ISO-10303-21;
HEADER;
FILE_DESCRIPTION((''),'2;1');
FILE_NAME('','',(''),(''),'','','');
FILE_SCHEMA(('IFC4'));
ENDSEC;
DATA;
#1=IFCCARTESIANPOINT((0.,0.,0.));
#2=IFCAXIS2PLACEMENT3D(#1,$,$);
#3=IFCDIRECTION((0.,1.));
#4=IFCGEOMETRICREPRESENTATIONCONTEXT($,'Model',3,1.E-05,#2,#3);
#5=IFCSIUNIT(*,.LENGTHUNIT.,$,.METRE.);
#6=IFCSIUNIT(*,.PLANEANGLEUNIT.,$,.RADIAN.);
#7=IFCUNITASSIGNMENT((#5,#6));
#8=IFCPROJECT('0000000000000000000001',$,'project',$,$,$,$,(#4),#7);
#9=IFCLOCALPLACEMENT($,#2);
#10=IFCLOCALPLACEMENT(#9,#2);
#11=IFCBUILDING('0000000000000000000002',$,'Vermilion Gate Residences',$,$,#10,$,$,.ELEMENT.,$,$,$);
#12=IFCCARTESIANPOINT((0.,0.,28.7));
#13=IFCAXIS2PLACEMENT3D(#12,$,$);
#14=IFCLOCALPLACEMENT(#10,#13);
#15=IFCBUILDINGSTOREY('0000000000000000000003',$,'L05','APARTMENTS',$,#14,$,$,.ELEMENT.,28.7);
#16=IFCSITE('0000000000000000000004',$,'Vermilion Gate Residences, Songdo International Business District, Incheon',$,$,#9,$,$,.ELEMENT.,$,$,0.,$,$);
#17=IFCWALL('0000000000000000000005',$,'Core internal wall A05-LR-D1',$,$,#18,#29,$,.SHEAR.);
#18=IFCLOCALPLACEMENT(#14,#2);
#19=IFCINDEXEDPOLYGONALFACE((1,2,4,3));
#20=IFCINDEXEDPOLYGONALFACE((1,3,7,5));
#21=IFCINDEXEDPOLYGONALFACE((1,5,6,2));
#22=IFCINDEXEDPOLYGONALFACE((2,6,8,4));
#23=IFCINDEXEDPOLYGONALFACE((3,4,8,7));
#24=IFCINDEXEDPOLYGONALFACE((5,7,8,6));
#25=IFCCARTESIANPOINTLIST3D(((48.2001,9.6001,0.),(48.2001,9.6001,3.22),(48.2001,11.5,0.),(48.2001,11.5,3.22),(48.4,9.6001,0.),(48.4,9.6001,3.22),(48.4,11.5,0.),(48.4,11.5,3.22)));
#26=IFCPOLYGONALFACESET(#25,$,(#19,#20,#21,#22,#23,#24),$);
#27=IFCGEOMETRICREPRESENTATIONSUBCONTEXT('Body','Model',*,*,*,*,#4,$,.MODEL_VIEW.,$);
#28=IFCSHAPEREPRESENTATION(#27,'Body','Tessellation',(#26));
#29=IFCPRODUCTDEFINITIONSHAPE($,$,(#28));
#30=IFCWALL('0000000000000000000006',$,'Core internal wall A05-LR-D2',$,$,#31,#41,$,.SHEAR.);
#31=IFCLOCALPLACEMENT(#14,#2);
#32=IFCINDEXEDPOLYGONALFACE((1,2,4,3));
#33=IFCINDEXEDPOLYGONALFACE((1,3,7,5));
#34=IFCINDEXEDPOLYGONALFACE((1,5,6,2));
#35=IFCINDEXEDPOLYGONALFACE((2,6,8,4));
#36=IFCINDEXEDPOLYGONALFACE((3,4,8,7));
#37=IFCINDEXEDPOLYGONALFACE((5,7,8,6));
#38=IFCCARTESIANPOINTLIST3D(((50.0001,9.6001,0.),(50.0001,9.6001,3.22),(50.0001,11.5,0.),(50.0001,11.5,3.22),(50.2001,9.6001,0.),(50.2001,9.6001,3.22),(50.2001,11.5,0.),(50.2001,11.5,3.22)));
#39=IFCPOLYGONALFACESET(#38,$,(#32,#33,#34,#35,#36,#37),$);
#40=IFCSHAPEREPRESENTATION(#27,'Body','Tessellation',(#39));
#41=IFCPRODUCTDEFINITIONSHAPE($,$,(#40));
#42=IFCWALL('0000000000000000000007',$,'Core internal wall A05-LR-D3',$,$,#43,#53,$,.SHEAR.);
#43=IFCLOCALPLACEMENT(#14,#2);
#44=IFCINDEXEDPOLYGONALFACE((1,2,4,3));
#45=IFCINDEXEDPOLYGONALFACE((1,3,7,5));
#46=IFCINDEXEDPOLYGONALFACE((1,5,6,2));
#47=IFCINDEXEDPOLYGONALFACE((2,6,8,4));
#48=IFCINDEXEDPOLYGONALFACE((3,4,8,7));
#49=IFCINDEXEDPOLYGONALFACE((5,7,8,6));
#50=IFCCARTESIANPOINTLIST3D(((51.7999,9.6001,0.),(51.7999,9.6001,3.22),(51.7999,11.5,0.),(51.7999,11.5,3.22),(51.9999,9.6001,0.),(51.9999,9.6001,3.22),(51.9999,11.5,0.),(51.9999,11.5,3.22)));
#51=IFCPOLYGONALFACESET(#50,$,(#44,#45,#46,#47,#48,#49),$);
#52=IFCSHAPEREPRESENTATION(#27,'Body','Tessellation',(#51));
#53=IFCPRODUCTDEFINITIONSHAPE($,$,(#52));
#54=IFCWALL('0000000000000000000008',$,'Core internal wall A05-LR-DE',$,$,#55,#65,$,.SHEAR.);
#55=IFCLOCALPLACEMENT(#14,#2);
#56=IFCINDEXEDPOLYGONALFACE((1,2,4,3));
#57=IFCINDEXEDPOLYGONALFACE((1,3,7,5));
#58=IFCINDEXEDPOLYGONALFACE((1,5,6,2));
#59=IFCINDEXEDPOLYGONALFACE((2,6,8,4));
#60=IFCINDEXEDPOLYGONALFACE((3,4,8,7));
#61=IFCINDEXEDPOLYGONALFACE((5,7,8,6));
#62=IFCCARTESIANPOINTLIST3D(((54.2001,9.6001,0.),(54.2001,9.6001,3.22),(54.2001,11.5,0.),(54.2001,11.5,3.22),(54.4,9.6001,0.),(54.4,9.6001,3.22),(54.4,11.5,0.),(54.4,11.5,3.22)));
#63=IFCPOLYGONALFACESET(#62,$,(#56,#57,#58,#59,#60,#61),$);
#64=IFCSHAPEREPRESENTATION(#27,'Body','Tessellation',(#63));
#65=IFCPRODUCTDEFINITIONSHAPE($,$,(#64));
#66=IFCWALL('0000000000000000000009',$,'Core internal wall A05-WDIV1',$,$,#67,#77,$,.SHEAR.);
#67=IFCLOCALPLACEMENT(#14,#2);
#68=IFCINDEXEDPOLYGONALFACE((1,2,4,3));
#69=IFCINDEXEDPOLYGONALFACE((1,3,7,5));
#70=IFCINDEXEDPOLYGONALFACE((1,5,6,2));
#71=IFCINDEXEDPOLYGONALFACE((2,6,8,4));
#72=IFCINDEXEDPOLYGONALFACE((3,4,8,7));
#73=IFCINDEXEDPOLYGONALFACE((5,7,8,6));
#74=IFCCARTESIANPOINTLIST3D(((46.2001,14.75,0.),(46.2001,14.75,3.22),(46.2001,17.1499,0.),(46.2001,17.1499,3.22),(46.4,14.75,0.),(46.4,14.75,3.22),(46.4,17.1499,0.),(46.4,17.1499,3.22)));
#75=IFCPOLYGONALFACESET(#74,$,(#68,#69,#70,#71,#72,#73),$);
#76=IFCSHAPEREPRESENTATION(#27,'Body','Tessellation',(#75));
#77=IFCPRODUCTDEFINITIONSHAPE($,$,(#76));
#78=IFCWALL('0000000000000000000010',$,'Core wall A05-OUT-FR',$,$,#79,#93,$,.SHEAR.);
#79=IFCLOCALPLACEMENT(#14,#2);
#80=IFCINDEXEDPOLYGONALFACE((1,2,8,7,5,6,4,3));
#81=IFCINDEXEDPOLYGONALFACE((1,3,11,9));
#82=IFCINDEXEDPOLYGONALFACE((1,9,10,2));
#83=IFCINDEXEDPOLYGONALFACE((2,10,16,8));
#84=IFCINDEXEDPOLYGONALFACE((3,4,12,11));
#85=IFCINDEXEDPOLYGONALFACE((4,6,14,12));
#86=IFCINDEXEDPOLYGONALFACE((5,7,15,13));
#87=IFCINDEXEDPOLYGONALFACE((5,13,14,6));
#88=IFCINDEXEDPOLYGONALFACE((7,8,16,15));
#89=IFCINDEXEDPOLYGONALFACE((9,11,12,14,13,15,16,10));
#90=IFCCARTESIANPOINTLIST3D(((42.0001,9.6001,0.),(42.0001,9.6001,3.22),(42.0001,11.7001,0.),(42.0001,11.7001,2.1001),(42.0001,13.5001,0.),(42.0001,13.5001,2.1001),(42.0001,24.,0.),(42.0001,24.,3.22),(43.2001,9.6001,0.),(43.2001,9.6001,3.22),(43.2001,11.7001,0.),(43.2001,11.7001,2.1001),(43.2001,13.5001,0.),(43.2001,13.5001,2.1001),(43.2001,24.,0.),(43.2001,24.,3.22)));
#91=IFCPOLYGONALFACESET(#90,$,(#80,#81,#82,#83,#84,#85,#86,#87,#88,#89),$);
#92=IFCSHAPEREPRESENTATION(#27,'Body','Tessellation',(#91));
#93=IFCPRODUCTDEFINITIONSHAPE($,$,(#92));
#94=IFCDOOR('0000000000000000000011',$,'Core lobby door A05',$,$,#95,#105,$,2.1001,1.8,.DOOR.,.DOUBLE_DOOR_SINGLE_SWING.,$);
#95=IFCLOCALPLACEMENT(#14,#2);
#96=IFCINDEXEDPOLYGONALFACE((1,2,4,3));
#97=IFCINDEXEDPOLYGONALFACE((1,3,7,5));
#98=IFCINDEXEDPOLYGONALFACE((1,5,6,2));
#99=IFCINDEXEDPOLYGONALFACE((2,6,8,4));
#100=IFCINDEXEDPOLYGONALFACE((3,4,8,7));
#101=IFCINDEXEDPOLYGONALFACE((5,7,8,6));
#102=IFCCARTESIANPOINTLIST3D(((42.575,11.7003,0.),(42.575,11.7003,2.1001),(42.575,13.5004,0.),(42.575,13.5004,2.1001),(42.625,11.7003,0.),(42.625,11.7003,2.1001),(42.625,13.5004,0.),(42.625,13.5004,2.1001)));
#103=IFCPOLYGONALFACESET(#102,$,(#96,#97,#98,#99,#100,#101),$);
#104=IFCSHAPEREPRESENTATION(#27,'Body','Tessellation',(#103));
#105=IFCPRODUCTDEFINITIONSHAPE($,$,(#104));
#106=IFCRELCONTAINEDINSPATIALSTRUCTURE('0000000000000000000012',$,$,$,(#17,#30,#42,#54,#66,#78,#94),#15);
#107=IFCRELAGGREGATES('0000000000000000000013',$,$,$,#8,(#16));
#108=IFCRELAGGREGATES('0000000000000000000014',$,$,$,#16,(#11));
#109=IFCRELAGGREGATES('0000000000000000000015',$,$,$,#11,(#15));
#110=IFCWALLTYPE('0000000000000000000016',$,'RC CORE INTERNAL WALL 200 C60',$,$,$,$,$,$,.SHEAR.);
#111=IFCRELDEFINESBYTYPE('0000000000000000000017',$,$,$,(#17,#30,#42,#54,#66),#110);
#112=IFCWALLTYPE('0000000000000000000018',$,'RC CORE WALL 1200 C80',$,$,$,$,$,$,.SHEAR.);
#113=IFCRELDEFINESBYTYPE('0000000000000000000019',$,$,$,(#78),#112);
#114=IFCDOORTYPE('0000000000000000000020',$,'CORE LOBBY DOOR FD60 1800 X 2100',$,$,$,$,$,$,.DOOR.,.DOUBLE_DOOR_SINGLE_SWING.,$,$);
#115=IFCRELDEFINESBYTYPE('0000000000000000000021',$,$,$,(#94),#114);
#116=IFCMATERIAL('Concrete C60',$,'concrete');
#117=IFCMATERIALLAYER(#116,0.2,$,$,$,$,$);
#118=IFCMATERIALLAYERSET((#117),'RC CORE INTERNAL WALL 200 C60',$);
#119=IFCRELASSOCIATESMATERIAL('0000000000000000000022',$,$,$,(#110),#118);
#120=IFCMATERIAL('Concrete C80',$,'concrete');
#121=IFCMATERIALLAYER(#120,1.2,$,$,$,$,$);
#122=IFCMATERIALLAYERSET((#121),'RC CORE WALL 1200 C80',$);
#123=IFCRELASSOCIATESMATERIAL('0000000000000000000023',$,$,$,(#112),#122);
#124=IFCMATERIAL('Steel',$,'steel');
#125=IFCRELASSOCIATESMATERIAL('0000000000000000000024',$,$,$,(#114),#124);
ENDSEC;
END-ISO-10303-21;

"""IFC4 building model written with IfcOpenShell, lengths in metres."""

from ifc_helpers import new_model, si_unit, direction, frame, frame_2d, origin, place, context, subcontext, project, spatial, rectangle, extrude, material, layer, layer_set, type_object, element, fill, save


model = new_model("IFC4")

# Units and contexts
model_context = context("Model", 3, precision=1e-05, world=origin(), true_north=direction((0.0, 1.0)))
body_context = subcontext(model_context, "Body", "Model", "MODEL_VIEW")
ifc_project = project(units=[si_unit("LENGTHUNIT", "METRE"), si_unit("PLANEANGLEUNIT", "RADIAN")], contexts=[model_context])

# Site, building, storey
site_placement = place(None, origin())
site = spatial("IfcSite", under=ifc_project, at=site_placement, Name="Vermilion Gate Residences, Songdo International Business District, Incheon", CompositionType="ELEMENT", RefElevation=0.0)
building_placement = place(site_placement, origin())
building = spatial("IfcBuilding", under=site, at=building_placement, Name="Vermilion Gate Residences", CompositionType="ELEMENT")
storey_placement = place(building_placement, frame((0.0, 0.0, 28.7)))
storey = spatial("IfcBuildingStorey", under=building, at=storey_placement, Name="L05", Description="APARTMENTS", CompositionType="ELEMENT", Elevation=28.7)

# Walls
ifc_material_1 = material(Name="Concrete C60", Category="concrete")
ifc_layer_1 = layer(ifc_material_1, 0.2)
ifc_layer_set_1 = layer_set([ifc_layer_1], Name="RC CORE INTERNAL WALL 200 C60")
wall_type_1 = type_object("IfcWallType", Name="RC CORE INTERNAL WALL 200 C60", PredefinedType="SHEAR", material=ifc_layer_set_1)
for number, where, z_axis, x_axis, name in (
    (1, (48.3, 9.6001, 0.0), (0.0, 0.0, 1.0), (0.0, 1.0, 0.0), "Core internal wall A05-LR-D1"),
    (2, (50.1001, 9.6001, 0.0), (0.0, 0.0, 1.0), (0.0, 1.0, 0.0), "Core internal wall A05-LR-D2"),
    (3, (51.8999, 9.6001, 0.0), (0.0, 0.0, 1.0), (0.0, 1.0, 0.0), "Core internal wall A05-LR-D3"),
    (4, (54.3, 9.6001, 0.0), (0.0, 0.0, 1.0), (0.0, 1.0, 0.0), "Core internal wall A05-LR-DE"),
):
    element("IfcWall", number, at=place(storey_placement, frame(where, z_axis=z_axis, x_axis=x_axis)), inside=storey, type_object=wall_type_1, Name=name, PredefinedType="SHEAR", context=body_context, shape_type="SweptSolid", body=[
        extrude(rectangle(XDim=1.8999, YDim=0.2, at=frame_2d((0.95, 0.0))), origin(), (0.0, 0.0, 1.0), 3.22),
    ])
wall_1_placement = place(storey_placement, frame((46.3, 14.75, 0.0), z_axis=(0.0, 0.0, 1.0), x_axis=(0.0, 1.0, 0.0)))
element("IfcWall", 5, at=wall_1_placement, inside=storey, type_object=wall_type_1, Name="Core internal wall A05-WDIV1", PredefinedType="SHEAR", context=body_context, shape_type="SweptSolid", body=[
    extrude(rectangle(XDim=2.3999, YDim=0.2, at=frame_2d((1.2, 0.0))), origin(), (0.0, 0.0, 1.0), 3.22),
])

# Wall, opening, door
ifc_material_2 = material(Name="Concrete C80", Category="concrete")
ifc_layer_2 = layer(ifc_material_2, 1.2)
ifc_layer_set_2 = layer_set([ifc_layer_2], Name="RC CORE WALL 1200 C80")
wall_type_2 = type_object("IfcWallType", Name="RC CORE WALL 1200 C80", PredefinedType="SHEAR", material=ifc_layer_set_2)
wall_2_placement = place(storey_placement, frame((42.6001, 9.6001, 0.0), z_axis=(0.0, 0.0, 1.0), x_axis=(0.0, 1.0, 0.0)))
wall_2 = element("IfcWall", 6, at=wall_2_placement, inside=storey, type_object=wall_type_2, Name="Core wall A05-OUT-FR", PredefinedType="SHEAR", context=body_context, shape_type="SweptSolid", body=[
    extrude(rectangle(XDim=14.3999, YDim=1.2, at=frame_2d((7.2, 0.0))), origin(), (0.0, 0.0, 1.0), 3.22),
])
opening_1_placement = place(wall_2_placement, frame((2.1001, 0.0, 0.0)))
opening_1 = element("IfcOpeningElement", 7, at=opening_1_placement, cuts=wall_2, PredefinedType="OPENING", context=body_context, shape_type="SweptSolid", body=[
    extrude(rectangle(XDim=1.8, YDim=2.1001, at=frame_2d((0.8999, 1.05))), frame((0.0, 0.6099, 0.0), z_axis=(0.0, -1.0, 0.0), x_axis=(1.0, 0.0, 0.0)), (0.0, 0.0, 1.0), 1.22),
])
ifc_material_3 = material(Name="Steel", Category="steel")
door_type_1 = type_object("IfcDoorType", Name="CORE LOBBY DOOR FD60 1800 X 2100", OperationType="DOUBLE_DOOR_SINGLE_SWING", PredefinedType="DOOR", material=ifc_material_3)
door_1_placement = place(opening_1_placement, frame((1.8, 0.0, 0.0), z_axis=(0.0, 0.0, 1.0), x_axis=(-1.0, 0.0, 0.0)))
door_1 = element("IfcDoor", 8, at=door_1_placement, inside=storey, type_object=door_type_1, Name="Core lobby door A05", OperationType="DOUBLE_DOOR_SINGLE_SWING", OverallHeight=2.1001, OverallWidth=1.8, PredefinedType="DOOR", context=body_context, shape_type="SweptSolid", body=[
    extrude(rectangle(XDim=1.8, YDim=2.1001, at=frame_2d((0.8999, 1.05))), frame((0.0, 0.0249, 0.0), z_axis=(0.0, -1.0, 0.0), x_axis=(1.0, 0.0, 0.0)), (0.0, 0.0, 1.0), 0.05),
])
fill(opening_1, door_1)

save(model, "model.ifc")
